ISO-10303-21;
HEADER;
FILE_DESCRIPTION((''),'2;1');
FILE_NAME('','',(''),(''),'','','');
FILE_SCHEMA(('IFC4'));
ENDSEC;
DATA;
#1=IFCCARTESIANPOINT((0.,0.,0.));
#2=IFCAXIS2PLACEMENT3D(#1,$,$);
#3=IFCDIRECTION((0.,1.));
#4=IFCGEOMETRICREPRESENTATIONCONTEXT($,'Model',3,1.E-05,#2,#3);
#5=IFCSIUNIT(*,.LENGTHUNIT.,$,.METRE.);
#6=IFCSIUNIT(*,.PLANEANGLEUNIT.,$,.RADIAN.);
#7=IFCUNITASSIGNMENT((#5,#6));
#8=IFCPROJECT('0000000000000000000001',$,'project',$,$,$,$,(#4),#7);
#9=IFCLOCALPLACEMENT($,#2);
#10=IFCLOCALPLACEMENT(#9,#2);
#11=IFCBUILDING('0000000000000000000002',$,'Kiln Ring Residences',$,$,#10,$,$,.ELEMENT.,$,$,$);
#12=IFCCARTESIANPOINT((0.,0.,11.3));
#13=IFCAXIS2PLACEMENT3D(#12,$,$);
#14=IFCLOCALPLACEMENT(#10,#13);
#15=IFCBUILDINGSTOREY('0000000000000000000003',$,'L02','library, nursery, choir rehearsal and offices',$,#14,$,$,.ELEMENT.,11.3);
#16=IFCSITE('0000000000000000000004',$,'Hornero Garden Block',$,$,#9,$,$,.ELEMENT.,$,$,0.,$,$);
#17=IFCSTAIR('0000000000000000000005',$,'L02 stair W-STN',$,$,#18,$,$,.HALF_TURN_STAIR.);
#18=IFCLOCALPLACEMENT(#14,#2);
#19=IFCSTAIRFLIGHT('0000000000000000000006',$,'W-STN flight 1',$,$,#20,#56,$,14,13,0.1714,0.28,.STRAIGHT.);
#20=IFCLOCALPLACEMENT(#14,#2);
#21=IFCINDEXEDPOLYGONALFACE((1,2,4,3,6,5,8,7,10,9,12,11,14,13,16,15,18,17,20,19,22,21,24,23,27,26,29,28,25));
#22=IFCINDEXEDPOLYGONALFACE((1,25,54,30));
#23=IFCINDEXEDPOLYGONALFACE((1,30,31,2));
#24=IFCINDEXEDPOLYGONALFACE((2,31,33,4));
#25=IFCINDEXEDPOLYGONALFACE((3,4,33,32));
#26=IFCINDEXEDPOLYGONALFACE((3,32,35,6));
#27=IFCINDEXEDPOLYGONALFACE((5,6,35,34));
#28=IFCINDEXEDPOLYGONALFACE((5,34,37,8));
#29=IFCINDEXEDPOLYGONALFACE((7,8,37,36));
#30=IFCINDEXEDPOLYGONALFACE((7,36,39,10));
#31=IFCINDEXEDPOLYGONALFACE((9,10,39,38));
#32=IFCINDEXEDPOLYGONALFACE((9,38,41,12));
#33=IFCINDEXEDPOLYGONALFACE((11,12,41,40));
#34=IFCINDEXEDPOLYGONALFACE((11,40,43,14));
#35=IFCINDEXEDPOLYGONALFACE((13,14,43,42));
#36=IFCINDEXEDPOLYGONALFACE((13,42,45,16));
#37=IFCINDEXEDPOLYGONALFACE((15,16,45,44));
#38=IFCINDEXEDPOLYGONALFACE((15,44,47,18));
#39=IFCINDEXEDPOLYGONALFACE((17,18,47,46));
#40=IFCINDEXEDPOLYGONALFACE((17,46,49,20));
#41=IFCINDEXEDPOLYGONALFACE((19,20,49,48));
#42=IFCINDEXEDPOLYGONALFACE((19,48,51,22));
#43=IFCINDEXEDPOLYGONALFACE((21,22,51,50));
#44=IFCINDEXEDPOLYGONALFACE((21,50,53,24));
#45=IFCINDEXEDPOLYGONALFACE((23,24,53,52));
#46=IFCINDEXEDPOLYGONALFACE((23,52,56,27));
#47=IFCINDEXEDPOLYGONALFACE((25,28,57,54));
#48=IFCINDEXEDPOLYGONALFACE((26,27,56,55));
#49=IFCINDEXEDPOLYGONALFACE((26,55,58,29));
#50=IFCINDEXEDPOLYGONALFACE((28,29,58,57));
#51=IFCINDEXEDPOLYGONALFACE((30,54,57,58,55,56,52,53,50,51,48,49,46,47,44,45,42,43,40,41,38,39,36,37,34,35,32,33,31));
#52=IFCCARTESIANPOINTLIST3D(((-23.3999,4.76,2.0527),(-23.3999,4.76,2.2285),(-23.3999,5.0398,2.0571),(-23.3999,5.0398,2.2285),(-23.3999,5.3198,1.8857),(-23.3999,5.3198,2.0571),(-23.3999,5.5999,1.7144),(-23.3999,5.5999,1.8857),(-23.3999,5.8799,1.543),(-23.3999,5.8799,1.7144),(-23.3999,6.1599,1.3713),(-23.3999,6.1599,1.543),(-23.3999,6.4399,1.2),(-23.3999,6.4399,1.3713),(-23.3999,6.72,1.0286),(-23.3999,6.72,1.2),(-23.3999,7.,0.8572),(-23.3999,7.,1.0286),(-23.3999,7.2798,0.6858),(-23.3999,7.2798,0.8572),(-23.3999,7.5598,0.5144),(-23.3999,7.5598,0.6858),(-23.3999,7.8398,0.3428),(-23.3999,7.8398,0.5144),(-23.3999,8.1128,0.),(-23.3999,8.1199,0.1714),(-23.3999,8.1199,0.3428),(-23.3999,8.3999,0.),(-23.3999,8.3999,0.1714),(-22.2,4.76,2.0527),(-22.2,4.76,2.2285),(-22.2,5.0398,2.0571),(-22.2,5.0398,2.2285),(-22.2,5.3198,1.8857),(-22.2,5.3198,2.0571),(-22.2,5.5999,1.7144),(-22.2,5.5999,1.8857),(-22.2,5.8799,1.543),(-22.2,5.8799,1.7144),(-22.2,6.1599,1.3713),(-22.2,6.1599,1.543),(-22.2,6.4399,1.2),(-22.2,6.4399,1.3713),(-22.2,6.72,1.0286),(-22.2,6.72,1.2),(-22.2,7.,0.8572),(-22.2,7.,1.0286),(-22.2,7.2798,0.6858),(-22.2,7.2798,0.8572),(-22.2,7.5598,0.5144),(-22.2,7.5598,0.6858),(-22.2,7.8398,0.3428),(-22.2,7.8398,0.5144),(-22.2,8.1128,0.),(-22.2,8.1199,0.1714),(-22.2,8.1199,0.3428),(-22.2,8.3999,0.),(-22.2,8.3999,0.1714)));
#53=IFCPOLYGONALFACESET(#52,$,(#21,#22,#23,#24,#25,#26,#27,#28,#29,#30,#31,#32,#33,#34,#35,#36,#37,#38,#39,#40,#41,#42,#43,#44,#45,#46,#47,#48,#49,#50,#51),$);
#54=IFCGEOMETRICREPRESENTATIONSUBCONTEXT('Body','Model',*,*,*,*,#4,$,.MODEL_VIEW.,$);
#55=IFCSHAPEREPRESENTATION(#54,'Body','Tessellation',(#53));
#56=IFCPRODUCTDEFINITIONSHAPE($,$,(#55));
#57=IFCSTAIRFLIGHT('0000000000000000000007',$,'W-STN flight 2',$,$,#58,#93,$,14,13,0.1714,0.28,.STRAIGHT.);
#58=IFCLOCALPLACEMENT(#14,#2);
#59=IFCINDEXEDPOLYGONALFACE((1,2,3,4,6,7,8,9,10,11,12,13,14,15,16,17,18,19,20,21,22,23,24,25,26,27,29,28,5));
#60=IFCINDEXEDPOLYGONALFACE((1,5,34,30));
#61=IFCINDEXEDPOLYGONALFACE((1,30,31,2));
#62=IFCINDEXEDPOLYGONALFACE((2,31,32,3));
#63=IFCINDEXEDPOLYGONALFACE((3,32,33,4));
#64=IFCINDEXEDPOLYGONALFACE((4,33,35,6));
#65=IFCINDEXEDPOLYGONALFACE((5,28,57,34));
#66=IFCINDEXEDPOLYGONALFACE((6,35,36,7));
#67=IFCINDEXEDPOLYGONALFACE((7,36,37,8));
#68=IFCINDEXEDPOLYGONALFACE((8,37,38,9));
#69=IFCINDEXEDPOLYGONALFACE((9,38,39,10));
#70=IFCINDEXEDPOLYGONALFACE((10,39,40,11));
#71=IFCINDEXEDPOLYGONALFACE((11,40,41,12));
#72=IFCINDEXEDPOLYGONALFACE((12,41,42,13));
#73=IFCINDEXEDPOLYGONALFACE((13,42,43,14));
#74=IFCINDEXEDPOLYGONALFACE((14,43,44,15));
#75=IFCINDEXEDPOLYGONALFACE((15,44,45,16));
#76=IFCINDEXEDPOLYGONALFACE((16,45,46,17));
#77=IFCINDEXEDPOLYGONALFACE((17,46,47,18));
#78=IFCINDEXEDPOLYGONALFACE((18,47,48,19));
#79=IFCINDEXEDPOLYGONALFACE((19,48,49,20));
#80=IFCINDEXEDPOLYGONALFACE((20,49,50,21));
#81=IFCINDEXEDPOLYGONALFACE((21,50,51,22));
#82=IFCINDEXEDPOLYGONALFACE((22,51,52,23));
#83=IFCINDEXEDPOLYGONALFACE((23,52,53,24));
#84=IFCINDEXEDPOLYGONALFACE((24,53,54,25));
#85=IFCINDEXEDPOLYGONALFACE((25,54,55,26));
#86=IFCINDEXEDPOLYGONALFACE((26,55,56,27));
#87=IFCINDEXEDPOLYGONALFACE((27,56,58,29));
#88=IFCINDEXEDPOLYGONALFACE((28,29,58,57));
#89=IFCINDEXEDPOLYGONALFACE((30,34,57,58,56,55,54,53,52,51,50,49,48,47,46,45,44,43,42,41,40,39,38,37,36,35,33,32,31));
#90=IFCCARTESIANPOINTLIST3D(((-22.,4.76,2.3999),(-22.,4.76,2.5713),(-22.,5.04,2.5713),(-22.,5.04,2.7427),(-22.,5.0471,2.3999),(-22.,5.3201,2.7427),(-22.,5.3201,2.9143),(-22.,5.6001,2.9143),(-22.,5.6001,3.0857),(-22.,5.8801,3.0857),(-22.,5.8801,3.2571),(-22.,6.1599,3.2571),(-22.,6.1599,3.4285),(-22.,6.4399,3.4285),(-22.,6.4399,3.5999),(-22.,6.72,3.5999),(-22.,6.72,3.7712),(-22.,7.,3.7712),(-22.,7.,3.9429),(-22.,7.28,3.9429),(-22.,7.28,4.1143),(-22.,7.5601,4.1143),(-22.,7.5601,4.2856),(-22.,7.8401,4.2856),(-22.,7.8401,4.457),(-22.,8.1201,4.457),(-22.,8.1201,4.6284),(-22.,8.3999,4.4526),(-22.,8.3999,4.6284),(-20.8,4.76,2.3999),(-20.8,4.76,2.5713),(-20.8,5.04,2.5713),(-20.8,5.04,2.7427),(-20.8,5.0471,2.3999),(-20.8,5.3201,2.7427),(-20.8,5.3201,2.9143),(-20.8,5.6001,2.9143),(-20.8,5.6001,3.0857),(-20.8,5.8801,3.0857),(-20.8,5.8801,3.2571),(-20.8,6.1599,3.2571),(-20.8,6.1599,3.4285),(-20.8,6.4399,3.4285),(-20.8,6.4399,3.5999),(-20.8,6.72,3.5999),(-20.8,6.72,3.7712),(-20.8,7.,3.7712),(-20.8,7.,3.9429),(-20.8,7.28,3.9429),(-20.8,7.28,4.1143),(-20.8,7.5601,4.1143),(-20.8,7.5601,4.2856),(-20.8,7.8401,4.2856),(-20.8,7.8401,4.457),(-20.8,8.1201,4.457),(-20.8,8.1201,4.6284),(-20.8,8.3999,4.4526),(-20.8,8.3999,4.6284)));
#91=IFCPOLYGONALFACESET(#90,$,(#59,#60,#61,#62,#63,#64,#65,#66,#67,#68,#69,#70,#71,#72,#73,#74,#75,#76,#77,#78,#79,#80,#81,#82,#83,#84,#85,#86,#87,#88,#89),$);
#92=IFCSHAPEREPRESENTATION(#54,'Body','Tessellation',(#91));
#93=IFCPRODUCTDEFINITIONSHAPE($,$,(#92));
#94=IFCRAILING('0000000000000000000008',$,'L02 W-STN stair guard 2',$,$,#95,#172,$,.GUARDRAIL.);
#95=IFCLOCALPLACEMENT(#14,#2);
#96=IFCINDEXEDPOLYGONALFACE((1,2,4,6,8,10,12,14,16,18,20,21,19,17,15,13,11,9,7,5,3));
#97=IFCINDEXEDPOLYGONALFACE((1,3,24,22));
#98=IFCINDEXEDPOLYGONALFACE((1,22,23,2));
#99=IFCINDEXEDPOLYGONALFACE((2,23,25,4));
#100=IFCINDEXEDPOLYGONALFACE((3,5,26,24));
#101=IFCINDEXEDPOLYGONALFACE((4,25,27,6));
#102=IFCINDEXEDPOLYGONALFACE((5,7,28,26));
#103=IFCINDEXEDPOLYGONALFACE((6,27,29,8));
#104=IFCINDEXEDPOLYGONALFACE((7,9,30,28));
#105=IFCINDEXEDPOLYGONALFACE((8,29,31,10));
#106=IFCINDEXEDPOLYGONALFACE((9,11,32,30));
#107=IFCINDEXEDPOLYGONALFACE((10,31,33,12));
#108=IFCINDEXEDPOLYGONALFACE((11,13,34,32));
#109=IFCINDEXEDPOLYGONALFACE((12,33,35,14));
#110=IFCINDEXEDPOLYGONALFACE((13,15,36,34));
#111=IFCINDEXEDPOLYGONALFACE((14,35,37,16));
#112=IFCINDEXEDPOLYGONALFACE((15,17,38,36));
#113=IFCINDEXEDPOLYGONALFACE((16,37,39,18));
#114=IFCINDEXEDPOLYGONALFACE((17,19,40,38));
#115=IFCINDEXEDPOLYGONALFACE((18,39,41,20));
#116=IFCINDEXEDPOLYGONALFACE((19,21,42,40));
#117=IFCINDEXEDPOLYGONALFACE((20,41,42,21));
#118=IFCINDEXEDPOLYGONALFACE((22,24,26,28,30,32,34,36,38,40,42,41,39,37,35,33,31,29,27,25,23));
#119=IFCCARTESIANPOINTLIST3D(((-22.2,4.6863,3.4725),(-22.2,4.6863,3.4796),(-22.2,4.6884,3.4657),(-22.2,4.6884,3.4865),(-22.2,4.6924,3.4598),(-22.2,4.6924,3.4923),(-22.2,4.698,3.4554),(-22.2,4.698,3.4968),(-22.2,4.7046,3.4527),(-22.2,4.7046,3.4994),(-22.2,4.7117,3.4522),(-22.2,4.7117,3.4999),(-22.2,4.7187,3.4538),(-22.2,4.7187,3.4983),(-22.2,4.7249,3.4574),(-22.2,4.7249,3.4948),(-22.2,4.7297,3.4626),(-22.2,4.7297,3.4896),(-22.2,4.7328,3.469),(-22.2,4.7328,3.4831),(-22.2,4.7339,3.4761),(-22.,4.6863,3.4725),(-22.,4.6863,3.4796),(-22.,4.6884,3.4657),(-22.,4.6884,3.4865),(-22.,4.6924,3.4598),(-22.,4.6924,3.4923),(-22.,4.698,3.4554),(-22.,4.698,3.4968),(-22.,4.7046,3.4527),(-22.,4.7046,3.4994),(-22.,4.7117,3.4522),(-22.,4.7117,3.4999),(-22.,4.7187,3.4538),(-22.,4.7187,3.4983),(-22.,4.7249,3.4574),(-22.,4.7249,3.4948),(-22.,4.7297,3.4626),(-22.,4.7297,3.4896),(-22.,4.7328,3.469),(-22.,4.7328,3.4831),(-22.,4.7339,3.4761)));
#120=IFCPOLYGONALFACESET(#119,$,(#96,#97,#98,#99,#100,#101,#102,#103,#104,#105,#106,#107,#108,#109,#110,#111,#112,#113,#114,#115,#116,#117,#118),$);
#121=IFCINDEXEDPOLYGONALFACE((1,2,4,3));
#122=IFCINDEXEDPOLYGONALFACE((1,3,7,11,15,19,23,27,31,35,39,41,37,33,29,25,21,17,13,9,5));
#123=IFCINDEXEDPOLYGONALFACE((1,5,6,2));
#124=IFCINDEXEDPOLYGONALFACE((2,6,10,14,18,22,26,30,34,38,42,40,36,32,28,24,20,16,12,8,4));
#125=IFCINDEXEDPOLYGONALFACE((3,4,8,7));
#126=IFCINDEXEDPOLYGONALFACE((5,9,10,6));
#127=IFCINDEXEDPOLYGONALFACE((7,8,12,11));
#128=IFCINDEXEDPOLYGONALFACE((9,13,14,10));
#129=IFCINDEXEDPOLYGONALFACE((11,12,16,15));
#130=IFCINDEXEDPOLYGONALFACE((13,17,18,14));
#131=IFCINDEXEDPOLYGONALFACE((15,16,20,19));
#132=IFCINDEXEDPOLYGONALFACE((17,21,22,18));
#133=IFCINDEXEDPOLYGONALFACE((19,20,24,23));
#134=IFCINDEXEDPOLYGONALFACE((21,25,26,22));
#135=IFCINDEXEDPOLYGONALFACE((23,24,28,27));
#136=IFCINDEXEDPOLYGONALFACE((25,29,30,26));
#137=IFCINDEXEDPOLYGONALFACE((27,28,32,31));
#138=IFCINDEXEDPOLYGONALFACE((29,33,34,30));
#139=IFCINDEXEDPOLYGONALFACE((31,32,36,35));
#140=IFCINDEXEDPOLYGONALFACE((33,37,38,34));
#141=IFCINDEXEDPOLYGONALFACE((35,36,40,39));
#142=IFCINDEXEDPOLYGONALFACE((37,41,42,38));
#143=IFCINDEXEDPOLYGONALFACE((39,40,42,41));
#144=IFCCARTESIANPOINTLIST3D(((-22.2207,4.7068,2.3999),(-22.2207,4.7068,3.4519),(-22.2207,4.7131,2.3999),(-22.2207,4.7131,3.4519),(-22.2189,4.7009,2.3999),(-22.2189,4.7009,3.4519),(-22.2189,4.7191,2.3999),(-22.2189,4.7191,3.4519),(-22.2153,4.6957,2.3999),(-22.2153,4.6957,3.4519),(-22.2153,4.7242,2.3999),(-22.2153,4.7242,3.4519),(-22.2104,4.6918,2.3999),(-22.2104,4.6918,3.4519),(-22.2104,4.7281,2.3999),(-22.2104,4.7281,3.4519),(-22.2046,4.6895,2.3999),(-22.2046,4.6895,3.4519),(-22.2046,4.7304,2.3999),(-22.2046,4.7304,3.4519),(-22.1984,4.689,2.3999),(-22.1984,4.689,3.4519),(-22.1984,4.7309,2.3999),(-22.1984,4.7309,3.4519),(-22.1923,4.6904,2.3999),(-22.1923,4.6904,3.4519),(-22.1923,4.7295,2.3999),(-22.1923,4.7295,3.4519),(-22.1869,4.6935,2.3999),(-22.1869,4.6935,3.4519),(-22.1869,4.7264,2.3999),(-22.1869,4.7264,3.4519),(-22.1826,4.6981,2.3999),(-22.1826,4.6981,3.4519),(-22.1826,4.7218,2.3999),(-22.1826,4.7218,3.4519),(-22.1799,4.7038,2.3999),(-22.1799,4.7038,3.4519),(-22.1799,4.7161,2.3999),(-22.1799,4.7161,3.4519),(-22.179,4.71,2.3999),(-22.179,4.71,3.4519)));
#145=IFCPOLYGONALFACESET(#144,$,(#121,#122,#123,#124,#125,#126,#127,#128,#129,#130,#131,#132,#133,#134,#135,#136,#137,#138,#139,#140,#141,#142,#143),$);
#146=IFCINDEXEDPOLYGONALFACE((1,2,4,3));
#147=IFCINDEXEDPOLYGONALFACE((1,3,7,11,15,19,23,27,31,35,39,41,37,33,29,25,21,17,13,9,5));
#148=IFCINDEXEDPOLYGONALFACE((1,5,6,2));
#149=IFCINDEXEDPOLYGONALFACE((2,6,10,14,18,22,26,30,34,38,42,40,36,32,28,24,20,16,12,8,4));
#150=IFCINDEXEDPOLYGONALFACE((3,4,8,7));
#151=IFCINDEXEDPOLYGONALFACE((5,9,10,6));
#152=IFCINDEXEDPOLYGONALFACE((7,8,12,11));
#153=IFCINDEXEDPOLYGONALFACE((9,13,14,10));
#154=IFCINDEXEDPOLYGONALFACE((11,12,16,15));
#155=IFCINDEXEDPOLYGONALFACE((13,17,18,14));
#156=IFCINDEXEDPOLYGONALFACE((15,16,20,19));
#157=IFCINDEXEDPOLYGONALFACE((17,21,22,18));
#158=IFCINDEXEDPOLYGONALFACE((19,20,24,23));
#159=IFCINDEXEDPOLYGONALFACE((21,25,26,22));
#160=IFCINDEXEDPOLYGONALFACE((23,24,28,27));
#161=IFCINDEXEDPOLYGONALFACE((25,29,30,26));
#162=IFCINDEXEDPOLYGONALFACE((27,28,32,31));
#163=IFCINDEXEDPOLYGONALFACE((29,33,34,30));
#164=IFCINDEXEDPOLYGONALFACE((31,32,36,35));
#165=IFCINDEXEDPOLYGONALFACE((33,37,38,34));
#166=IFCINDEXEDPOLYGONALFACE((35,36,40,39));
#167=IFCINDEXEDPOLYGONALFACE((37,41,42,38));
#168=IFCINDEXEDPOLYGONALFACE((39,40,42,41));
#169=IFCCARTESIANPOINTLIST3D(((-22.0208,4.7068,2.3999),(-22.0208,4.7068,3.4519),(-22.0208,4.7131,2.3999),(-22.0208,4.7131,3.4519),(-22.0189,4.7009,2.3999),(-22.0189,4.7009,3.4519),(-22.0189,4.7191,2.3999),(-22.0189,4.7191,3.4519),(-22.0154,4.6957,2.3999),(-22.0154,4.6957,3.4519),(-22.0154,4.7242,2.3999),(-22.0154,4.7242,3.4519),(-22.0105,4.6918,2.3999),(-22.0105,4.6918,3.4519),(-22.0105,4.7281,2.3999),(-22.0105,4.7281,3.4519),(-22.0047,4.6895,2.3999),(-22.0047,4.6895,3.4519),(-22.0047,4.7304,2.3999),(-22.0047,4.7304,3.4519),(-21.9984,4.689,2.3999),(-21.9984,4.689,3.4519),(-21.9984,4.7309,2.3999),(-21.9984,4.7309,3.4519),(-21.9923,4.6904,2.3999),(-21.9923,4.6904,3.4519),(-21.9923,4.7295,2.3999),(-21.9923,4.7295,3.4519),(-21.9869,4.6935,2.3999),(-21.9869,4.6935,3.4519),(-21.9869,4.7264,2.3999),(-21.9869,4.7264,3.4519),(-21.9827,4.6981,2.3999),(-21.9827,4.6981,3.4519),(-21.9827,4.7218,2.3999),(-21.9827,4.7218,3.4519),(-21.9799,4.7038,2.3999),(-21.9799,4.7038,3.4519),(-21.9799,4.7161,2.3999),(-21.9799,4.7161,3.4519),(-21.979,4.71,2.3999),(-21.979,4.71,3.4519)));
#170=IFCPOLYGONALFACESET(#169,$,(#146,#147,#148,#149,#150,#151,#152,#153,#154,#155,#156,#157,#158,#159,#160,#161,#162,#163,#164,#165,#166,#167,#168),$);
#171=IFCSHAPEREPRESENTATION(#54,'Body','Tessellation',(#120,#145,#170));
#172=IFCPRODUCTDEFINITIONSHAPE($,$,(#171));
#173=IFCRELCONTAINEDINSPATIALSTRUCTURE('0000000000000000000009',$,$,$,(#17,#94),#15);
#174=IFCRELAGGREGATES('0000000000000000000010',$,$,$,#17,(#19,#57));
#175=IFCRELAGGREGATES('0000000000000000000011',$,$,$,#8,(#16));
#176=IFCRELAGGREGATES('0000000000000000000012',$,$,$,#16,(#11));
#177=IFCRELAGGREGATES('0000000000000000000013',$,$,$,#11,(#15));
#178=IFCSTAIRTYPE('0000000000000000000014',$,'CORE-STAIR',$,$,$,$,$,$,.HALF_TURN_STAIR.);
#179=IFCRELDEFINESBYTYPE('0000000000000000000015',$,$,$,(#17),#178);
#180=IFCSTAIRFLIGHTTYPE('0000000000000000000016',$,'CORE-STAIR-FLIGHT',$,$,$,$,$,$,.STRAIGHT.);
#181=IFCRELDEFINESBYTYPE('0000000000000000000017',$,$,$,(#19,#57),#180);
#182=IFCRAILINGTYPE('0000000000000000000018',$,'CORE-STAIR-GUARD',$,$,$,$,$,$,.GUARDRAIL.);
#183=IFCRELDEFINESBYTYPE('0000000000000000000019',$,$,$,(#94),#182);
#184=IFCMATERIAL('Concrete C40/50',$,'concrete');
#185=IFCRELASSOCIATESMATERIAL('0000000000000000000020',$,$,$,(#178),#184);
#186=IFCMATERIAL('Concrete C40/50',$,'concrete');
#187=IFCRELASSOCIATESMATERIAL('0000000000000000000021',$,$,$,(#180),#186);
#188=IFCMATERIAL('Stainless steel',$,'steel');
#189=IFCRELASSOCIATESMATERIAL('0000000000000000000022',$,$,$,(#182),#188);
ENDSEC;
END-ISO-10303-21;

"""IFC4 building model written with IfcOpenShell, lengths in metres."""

from ifc_helpers import new_model, si_unit, direction, frame, origin, origin_2d, place, context, subcontext, project, spatial, polyline, circle, outline, extrude, material, type_object, element, aggregate, save


model = new_model("IFC4")

# Units and contexts
model_context = context("Model", 3, precision=1e-05, world=origin(), true_north=direction((0.0, 1.0)))
body_context = subcontext(model_context, "Body", "Model", "MODEL_VIEW")
ifc_project = project(units=[si_unit("LENGTHUNIT", "METRE"), si_unit("PLANEANGLEUNIT", "RADIAN")], contexts=[model_context])

# Site, building, storey
site_placement = place(None, origin())
site = spatial("IfcSite", under=ifc_project, at=site_placement, Name="Hornero Garden Block", CompositionType="ELEMENT", RefElevation=0.0)
building_placement = place(site_placement, origin())
building = spatial("IfcBuilding", under=site, at=building_placement, Name="Kiln Ring Residences", CompositionType="ELEMENT")
storey_placement = place(building_placement, frame((0.0, 0.0, 11.3)))
storey = spatial("IfcBuildingStorey", under=building, at=storey_placement, Name="L02", Description="library, nursery, choir rehearsal and offices", CompositionType="ELEMENT", Elevation=11.3)

# Stair, stair flights
ifc_material_1 = material(Name="Concrete C40/50", Category="concrete")
stair_type = type_object("IfcStairType", Name="CORE-STAIR", PredefinedType="HALF_TURN_STAIR", material=ifc_material_1)
stair_placement = place(storey_placement, origin())
stair = element("IfcStair", 1, at=stair_placement, inside=storey, type_object=stair_type, Name="L02 stair W-STN", PredefinedType="HALF_TURN_STAIR")
ifc_material_2 = material(Name="Concrete C40/50", Category="concrete")
stair_flight_type = type_object("IfcStairFlightType", Name="CORE-STAIR-FLIGHT", PredefinedType="STRAIGHT", material=ifc_material_2)
stair_flight_1_placement = place(storey_placement, frame((-22.8, 8.3999, 0.0), z_axis=(0.0, 0.0, 1.0), x_axis=(0.0, -1.0, 0.0)))
stair_flight_1 = element("IfcStairFlight", 2, at=stair_flight_1_placement, type_object=stair_flight_type, Name="W-STN flight 1", NumberOfRisers=14, NumberOfTreads=13, PredefinedType="STRAIGHT", RiserHeight=0.1714, TreadLength=0.28, context=body_context, shape_type="SweptSolid", body=[
    extrude(outline(polyline([(0.0, 0.0), (0.0, 0.1714), (0.28, 0.1714), (0.28, 0.3428), (0.5601, 0.3428), (0.5601, 0.5144), (0.8401, 0.5144), (0.8401, 0.6858), (1.1201, 0.6858), (1.1201, 0.8572), (1.3999, 0.8572), (1.3999, 1.0286), (1.6799, 1.0286), (1.6799, 1.2), (1.96, 1.2), (1.96, 1.3713), (2.24, 1.3713), (2.24, 1.543), (2.52, 1.543), (2.52, 1.7144), (2.8, 1.7144), (2.8, 1.8857), (3.0801, 1.8857), (3.0801, 2.0571), (3.3601, 2.0571), (3.3601, 2.2285), (3.6399, 2.2285), (3.6399, 2.3999), (3.6399, 2.0527), (0.2871, 0.0), (0.0, 0.0)])), frame((0.0, 0.6001, 0.0), z_axis=(0.0, -1.0, 0.0), x_axis=(1.0, 0.0, 0.0)), (0.0, 0.0, 1.0), 1.2),
])
stair_flight_2_placement = place(storey_placement, frame((-21.3999, 4.76, 2.3999), z_axis=(0.0, 0.0, 1.0), x_axis=(0.0, 1.0, 0.0)))
stair_flight_2 = element("IfcStairFlight", 3, at=stair_flight_2_placement, type_object=stair_flight_type, Name="W-STN flight 2", NumberOfRisers=14, NumberOfTreads=13, PredefinedType="STRAIGHT", RiserHeight=0.1714, TreadLength=0.28, context=body_context, shape_type="SweptSolid", body=[
    extrude(outline(polyline([(0.0, 0.0), (0.0, 0.1714), (0.28, 0.1714), (0.28, 0.3428), (0.5601, 0.3428), (0.5601, 0.5144), (0.8401, 0.5144), (0.8401, 0.6858), (1.1201, 0.6858), (1.1201, 0.8572), (1.3999, 0.8572), (1.3999, 1.0286), (1.6799, 1.0286), (1.6799, 1.2), (1.96, 1.2), (1.96, 1.3713), (2.24, 1.3713), (2.24, 1.543), (2.52, 1.543), (2.52, 1.7144), (2.8, 1.7144), (2.8, 1.8857), (3.0801, 1.8857), (3.0801, 2.0571), (3.3601, 2.0571), (3.3601, 2.2285), (3.6399, 2.2285), (3.6399, 2.3999), (3.6399, 2.0527), (0.2871, 0.0), (0.0, 0.0)])), frame((0.0, 0.6001, 0.0), z_axis=(0.0, -1.0, 0.0), x_axis=(1.0, 0.0, 0.0)), (0.0, 0.0, 1.0), 1.2),
])
aggregate(stair, [stair_flight_1, stair_flight_2])

# Railing
ifc_material_3 = material(Name="Stainless steel", Category="steel")
railing_type_1 = type_object("IfcRailingType", Name="CORE-STAIR-GUARD", PredefinedType="GUARDRAIL", material=ifc_material_3)
railing_1_placement = place(storey_placement, frame((-22.2, 4.71, 2.3999)))
element("IfcRailing", 4, at=railing_1_placement, inside=storey, type_object=railing_type_1, Name="L02 W-STN stair guard 2", PredefinedType="GUARDRAIL", context=body_context, shape_type="SweptSolid", body=[
    extrude(circle(Radius=0.0239, at=origin_2d()), frame((0.0, 0.0, 1.0762), z_axis=(1.0, 0.0, 0.0), x_axis=(0.0, 1.0, 0.0)), (0.0, 0.0, 1.0), 0.2),
    extrude(circle(Radius=0.021, at=origin_2d()), origin(), (0.0, 0.0, 1.0), 1.052),
    extrude(circle(Radius=0.021, at=origin_2d()), frame((0.2, 0.0, 0.0)), (0.0, 0.0, 1.0), 1.052),
])

save(model, "model.ifc")
